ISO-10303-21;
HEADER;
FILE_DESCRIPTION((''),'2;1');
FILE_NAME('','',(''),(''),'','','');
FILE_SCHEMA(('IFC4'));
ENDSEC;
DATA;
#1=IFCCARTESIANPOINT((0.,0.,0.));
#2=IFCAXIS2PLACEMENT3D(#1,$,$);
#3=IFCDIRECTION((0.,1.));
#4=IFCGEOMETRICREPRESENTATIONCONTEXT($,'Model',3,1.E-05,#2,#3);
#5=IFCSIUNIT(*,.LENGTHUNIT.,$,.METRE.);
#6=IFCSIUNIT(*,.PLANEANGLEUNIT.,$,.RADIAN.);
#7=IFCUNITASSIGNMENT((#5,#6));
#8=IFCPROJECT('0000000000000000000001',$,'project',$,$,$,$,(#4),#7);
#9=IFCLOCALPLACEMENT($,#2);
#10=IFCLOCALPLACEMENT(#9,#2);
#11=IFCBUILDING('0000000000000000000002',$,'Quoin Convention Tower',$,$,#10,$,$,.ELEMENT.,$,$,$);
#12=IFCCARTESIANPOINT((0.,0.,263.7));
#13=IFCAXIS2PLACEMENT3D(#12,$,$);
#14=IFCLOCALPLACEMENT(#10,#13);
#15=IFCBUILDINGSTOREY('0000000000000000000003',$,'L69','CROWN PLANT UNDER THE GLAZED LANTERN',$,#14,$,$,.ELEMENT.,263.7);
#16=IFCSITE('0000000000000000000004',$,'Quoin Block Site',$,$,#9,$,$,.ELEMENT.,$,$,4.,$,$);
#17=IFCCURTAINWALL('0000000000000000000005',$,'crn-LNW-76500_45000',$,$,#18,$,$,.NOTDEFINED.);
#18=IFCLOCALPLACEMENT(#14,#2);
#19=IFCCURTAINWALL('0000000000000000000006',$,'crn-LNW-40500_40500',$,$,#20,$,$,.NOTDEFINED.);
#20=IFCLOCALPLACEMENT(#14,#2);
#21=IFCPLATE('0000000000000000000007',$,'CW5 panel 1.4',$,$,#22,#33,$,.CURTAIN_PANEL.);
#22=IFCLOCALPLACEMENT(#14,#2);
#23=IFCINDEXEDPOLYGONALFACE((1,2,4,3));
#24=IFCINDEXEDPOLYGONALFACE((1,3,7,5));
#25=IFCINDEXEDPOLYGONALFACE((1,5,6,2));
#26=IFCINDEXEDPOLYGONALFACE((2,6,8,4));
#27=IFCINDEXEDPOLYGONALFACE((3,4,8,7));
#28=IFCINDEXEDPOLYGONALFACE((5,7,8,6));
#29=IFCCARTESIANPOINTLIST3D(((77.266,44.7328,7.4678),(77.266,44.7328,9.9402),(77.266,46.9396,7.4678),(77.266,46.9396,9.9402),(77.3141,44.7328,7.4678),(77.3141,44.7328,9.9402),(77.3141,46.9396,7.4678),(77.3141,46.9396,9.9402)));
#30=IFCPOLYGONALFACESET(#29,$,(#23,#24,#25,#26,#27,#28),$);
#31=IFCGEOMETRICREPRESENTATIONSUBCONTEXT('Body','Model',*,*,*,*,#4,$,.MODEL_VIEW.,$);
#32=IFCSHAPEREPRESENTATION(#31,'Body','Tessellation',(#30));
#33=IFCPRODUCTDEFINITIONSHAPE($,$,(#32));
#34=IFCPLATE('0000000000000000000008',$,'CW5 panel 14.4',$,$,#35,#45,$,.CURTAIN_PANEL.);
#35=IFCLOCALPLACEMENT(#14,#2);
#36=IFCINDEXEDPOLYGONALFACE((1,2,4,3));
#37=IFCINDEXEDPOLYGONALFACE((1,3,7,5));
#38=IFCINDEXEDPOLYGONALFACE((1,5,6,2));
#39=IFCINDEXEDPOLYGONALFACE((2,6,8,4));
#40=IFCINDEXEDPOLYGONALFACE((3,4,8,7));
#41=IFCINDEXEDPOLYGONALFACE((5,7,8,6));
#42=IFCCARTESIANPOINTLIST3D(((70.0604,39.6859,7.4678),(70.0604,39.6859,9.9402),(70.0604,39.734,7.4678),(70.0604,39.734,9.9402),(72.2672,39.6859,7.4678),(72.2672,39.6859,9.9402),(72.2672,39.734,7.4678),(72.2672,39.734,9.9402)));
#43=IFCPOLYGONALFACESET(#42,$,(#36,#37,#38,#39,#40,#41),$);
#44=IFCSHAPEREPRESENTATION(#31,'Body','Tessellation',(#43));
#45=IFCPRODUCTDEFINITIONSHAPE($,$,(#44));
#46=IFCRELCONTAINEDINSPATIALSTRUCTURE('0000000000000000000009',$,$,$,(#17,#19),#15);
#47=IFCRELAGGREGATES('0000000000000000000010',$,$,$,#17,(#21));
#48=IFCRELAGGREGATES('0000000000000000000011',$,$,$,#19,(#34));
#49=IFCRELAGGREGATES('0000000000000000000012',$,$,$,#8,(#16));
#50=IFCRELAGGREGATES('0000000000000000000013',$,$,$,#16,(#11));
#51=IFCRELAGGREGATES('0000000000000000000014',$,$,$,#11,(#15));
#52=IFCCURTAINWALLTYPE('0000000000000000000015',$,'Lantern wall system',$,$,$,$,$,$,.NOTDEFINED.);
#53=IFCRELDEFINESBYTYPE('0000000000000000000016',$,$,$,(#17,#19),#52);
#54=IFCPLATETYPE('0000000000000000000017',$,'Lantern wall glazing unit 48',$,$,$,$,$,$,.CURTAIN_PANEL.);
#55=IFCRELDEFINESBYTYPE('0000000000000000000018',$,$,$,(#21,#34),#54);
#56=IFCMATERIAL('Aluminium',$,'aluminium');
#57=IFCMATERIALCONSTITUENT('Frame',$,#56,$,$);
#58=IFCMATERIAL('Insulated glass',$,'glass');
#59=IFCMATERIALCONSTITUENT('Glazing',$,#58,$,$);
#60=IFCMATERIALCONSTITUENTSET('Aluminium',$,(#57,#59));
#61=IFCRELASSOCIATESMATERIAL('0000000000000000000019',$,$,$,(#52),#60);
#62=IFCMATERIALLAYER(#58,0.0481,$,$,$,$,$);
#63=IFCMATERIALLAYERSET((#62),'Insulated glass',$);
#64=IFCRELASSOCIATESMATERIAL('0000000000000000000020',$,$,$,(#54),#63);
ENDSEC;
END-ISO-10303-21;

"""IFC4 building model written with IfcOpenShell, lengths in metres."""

from ifc_helpers import new_model, si_unit, direction, frame, origin, origin_2d, place, context, subcontext, project, spatial, rectangle, extrude, material, layer, layer_set, constituent, constituent_set, type_object, element, aggregate, save


model = new_model("IFC4")

# Units and contexts
model_context = context("Model", 3, precision=1e-05, world=origin(), true_north=direction((0.0, 1.0)))
body_context = subcontext(model_context, "Body", "Model", "MODEL_VIEW")
ifc_project = project(units=[si_unit("LENGTHUNIT", "METRE"), si_unit("PLANEANGLEUNIT", "RADIAN")], contexts=[model_context])

# Site, building, storey
site_placement = place(None, origin())
site = spatial("IfcSite", under=ifc_project, at=site_placement, Name="Quoin Block Site", CompositionType="ELEMENT", RefElevation=4.0)
building_placement = place(site_placement, origin())
building = spatial("IfcBuilding", under=site, at=building_placement, Name="Quoin Convention Tower", CompositionType="ELEMENT")
storey_placement = place(building_placement, frame((0.0, 0.0, 263.7)))
storey = spatial("IfcBuildingStorey", under=building, at=storey_placement, Name="L69", Description="CROWN PLANT UNDER THE GLAZED LANTERN", CompositionType="ELEMENT", Elevation=263.7)

# Curtain wall
ifc_material_1 = material(Name="Aluminium", Category="aluminium")
ifc_constituent_1 = constituent(ifc_material_1, Name="Frame")
ifc_material_2 = material(Name="Insulated glass", Category="glass")
ifc_constituent_2 = constituent(ifc_material_2, Name="Glazing")
ifc_constituent_set = constituent_set(constituents=[ifc_constituent_1, ifc_constituent_2], Name="Aluminium")
curtain_wall_type = type_object("IfcCurtainWallType", Name="Lantern wall system", PredefinedType="NOTDEFINED", material=ifc_constituent_set)
curtain_wall_1_placement = place(storey_placement, origin())
curtain_wall_1 = element("IfcCurtainWall", 1, at=curtain_wall_1_placement, inside=storey, type_object=curtain_wall_type, Name="crn-LNW-76500_45000", PredefinedType="NOTDEFINED")

# Curtain wall
curtain_wall_2_placement = place(storey_placement, origin())
curtain_wall_2 = element("IfcCurtainWall", 2, at=curtain_wall_2_placement, inside=storey, type_object=curtain_wall_type, Name="crn-LNW-40500_40500", PredefinedType="NOTDEFINED")

# Plates
ifc_layer = layer(ifc_material_2, 0.0481)
ifc_layer_set = layer_set([ifc_layer], Name="Insulated glass")
plate_type = type_object("IfcPlateType", Name="Lantern wall glazing unit 48", PredefinedType="CURTAIN_PANEL", material=ifc_layer_set)
plate_1_placement = place(storey_placement, frame((77.29, 45.8362, 7.4678), z_axis=(0.0, 0.0, 1.0), x_axis=(0.0, 1.0, 0.0)))
plate_1 = element("IfcPlate", 3, at=plate_1_placement, type_object=plate_type, Name="CW5 panel 1.4", PredefinedType="CURTAIN_PANEL", context=body_context, shape_type="SweptSolid", body=[
    extrude(rectangle(XDim=2.2068, YDim=0.0481, at=origin_2d()), origin(), (0.0, 0.0, 1.0), 2.4724),
])
aggregate(curtain_wall_1, [plate_1])
plate_2_placement = place(storey_placement, frame((71.1638, 39.71, 7.4678), z_axis=(0.0, 0.0, 1.0), x_axis=(1.0, 0.0, 0.0)))
plate_2 = element("IfcPlate", 4, at=plate_2_placement, type_object=plate_type, Name="CW5 panel 14.4", PredefinedType="CURTAIN_PANEL", context=body_context, shape_type="SweptSolid", body=[
    extrude(rectangle(XDim=2.2068, YDim=0.0481, at=origin_2d()), origin(), (0.0, 0.0, 1.0), 2.4724),
])
aggregate(curtain_wall_2, [plate_2])

save(model, "model.ifc")
